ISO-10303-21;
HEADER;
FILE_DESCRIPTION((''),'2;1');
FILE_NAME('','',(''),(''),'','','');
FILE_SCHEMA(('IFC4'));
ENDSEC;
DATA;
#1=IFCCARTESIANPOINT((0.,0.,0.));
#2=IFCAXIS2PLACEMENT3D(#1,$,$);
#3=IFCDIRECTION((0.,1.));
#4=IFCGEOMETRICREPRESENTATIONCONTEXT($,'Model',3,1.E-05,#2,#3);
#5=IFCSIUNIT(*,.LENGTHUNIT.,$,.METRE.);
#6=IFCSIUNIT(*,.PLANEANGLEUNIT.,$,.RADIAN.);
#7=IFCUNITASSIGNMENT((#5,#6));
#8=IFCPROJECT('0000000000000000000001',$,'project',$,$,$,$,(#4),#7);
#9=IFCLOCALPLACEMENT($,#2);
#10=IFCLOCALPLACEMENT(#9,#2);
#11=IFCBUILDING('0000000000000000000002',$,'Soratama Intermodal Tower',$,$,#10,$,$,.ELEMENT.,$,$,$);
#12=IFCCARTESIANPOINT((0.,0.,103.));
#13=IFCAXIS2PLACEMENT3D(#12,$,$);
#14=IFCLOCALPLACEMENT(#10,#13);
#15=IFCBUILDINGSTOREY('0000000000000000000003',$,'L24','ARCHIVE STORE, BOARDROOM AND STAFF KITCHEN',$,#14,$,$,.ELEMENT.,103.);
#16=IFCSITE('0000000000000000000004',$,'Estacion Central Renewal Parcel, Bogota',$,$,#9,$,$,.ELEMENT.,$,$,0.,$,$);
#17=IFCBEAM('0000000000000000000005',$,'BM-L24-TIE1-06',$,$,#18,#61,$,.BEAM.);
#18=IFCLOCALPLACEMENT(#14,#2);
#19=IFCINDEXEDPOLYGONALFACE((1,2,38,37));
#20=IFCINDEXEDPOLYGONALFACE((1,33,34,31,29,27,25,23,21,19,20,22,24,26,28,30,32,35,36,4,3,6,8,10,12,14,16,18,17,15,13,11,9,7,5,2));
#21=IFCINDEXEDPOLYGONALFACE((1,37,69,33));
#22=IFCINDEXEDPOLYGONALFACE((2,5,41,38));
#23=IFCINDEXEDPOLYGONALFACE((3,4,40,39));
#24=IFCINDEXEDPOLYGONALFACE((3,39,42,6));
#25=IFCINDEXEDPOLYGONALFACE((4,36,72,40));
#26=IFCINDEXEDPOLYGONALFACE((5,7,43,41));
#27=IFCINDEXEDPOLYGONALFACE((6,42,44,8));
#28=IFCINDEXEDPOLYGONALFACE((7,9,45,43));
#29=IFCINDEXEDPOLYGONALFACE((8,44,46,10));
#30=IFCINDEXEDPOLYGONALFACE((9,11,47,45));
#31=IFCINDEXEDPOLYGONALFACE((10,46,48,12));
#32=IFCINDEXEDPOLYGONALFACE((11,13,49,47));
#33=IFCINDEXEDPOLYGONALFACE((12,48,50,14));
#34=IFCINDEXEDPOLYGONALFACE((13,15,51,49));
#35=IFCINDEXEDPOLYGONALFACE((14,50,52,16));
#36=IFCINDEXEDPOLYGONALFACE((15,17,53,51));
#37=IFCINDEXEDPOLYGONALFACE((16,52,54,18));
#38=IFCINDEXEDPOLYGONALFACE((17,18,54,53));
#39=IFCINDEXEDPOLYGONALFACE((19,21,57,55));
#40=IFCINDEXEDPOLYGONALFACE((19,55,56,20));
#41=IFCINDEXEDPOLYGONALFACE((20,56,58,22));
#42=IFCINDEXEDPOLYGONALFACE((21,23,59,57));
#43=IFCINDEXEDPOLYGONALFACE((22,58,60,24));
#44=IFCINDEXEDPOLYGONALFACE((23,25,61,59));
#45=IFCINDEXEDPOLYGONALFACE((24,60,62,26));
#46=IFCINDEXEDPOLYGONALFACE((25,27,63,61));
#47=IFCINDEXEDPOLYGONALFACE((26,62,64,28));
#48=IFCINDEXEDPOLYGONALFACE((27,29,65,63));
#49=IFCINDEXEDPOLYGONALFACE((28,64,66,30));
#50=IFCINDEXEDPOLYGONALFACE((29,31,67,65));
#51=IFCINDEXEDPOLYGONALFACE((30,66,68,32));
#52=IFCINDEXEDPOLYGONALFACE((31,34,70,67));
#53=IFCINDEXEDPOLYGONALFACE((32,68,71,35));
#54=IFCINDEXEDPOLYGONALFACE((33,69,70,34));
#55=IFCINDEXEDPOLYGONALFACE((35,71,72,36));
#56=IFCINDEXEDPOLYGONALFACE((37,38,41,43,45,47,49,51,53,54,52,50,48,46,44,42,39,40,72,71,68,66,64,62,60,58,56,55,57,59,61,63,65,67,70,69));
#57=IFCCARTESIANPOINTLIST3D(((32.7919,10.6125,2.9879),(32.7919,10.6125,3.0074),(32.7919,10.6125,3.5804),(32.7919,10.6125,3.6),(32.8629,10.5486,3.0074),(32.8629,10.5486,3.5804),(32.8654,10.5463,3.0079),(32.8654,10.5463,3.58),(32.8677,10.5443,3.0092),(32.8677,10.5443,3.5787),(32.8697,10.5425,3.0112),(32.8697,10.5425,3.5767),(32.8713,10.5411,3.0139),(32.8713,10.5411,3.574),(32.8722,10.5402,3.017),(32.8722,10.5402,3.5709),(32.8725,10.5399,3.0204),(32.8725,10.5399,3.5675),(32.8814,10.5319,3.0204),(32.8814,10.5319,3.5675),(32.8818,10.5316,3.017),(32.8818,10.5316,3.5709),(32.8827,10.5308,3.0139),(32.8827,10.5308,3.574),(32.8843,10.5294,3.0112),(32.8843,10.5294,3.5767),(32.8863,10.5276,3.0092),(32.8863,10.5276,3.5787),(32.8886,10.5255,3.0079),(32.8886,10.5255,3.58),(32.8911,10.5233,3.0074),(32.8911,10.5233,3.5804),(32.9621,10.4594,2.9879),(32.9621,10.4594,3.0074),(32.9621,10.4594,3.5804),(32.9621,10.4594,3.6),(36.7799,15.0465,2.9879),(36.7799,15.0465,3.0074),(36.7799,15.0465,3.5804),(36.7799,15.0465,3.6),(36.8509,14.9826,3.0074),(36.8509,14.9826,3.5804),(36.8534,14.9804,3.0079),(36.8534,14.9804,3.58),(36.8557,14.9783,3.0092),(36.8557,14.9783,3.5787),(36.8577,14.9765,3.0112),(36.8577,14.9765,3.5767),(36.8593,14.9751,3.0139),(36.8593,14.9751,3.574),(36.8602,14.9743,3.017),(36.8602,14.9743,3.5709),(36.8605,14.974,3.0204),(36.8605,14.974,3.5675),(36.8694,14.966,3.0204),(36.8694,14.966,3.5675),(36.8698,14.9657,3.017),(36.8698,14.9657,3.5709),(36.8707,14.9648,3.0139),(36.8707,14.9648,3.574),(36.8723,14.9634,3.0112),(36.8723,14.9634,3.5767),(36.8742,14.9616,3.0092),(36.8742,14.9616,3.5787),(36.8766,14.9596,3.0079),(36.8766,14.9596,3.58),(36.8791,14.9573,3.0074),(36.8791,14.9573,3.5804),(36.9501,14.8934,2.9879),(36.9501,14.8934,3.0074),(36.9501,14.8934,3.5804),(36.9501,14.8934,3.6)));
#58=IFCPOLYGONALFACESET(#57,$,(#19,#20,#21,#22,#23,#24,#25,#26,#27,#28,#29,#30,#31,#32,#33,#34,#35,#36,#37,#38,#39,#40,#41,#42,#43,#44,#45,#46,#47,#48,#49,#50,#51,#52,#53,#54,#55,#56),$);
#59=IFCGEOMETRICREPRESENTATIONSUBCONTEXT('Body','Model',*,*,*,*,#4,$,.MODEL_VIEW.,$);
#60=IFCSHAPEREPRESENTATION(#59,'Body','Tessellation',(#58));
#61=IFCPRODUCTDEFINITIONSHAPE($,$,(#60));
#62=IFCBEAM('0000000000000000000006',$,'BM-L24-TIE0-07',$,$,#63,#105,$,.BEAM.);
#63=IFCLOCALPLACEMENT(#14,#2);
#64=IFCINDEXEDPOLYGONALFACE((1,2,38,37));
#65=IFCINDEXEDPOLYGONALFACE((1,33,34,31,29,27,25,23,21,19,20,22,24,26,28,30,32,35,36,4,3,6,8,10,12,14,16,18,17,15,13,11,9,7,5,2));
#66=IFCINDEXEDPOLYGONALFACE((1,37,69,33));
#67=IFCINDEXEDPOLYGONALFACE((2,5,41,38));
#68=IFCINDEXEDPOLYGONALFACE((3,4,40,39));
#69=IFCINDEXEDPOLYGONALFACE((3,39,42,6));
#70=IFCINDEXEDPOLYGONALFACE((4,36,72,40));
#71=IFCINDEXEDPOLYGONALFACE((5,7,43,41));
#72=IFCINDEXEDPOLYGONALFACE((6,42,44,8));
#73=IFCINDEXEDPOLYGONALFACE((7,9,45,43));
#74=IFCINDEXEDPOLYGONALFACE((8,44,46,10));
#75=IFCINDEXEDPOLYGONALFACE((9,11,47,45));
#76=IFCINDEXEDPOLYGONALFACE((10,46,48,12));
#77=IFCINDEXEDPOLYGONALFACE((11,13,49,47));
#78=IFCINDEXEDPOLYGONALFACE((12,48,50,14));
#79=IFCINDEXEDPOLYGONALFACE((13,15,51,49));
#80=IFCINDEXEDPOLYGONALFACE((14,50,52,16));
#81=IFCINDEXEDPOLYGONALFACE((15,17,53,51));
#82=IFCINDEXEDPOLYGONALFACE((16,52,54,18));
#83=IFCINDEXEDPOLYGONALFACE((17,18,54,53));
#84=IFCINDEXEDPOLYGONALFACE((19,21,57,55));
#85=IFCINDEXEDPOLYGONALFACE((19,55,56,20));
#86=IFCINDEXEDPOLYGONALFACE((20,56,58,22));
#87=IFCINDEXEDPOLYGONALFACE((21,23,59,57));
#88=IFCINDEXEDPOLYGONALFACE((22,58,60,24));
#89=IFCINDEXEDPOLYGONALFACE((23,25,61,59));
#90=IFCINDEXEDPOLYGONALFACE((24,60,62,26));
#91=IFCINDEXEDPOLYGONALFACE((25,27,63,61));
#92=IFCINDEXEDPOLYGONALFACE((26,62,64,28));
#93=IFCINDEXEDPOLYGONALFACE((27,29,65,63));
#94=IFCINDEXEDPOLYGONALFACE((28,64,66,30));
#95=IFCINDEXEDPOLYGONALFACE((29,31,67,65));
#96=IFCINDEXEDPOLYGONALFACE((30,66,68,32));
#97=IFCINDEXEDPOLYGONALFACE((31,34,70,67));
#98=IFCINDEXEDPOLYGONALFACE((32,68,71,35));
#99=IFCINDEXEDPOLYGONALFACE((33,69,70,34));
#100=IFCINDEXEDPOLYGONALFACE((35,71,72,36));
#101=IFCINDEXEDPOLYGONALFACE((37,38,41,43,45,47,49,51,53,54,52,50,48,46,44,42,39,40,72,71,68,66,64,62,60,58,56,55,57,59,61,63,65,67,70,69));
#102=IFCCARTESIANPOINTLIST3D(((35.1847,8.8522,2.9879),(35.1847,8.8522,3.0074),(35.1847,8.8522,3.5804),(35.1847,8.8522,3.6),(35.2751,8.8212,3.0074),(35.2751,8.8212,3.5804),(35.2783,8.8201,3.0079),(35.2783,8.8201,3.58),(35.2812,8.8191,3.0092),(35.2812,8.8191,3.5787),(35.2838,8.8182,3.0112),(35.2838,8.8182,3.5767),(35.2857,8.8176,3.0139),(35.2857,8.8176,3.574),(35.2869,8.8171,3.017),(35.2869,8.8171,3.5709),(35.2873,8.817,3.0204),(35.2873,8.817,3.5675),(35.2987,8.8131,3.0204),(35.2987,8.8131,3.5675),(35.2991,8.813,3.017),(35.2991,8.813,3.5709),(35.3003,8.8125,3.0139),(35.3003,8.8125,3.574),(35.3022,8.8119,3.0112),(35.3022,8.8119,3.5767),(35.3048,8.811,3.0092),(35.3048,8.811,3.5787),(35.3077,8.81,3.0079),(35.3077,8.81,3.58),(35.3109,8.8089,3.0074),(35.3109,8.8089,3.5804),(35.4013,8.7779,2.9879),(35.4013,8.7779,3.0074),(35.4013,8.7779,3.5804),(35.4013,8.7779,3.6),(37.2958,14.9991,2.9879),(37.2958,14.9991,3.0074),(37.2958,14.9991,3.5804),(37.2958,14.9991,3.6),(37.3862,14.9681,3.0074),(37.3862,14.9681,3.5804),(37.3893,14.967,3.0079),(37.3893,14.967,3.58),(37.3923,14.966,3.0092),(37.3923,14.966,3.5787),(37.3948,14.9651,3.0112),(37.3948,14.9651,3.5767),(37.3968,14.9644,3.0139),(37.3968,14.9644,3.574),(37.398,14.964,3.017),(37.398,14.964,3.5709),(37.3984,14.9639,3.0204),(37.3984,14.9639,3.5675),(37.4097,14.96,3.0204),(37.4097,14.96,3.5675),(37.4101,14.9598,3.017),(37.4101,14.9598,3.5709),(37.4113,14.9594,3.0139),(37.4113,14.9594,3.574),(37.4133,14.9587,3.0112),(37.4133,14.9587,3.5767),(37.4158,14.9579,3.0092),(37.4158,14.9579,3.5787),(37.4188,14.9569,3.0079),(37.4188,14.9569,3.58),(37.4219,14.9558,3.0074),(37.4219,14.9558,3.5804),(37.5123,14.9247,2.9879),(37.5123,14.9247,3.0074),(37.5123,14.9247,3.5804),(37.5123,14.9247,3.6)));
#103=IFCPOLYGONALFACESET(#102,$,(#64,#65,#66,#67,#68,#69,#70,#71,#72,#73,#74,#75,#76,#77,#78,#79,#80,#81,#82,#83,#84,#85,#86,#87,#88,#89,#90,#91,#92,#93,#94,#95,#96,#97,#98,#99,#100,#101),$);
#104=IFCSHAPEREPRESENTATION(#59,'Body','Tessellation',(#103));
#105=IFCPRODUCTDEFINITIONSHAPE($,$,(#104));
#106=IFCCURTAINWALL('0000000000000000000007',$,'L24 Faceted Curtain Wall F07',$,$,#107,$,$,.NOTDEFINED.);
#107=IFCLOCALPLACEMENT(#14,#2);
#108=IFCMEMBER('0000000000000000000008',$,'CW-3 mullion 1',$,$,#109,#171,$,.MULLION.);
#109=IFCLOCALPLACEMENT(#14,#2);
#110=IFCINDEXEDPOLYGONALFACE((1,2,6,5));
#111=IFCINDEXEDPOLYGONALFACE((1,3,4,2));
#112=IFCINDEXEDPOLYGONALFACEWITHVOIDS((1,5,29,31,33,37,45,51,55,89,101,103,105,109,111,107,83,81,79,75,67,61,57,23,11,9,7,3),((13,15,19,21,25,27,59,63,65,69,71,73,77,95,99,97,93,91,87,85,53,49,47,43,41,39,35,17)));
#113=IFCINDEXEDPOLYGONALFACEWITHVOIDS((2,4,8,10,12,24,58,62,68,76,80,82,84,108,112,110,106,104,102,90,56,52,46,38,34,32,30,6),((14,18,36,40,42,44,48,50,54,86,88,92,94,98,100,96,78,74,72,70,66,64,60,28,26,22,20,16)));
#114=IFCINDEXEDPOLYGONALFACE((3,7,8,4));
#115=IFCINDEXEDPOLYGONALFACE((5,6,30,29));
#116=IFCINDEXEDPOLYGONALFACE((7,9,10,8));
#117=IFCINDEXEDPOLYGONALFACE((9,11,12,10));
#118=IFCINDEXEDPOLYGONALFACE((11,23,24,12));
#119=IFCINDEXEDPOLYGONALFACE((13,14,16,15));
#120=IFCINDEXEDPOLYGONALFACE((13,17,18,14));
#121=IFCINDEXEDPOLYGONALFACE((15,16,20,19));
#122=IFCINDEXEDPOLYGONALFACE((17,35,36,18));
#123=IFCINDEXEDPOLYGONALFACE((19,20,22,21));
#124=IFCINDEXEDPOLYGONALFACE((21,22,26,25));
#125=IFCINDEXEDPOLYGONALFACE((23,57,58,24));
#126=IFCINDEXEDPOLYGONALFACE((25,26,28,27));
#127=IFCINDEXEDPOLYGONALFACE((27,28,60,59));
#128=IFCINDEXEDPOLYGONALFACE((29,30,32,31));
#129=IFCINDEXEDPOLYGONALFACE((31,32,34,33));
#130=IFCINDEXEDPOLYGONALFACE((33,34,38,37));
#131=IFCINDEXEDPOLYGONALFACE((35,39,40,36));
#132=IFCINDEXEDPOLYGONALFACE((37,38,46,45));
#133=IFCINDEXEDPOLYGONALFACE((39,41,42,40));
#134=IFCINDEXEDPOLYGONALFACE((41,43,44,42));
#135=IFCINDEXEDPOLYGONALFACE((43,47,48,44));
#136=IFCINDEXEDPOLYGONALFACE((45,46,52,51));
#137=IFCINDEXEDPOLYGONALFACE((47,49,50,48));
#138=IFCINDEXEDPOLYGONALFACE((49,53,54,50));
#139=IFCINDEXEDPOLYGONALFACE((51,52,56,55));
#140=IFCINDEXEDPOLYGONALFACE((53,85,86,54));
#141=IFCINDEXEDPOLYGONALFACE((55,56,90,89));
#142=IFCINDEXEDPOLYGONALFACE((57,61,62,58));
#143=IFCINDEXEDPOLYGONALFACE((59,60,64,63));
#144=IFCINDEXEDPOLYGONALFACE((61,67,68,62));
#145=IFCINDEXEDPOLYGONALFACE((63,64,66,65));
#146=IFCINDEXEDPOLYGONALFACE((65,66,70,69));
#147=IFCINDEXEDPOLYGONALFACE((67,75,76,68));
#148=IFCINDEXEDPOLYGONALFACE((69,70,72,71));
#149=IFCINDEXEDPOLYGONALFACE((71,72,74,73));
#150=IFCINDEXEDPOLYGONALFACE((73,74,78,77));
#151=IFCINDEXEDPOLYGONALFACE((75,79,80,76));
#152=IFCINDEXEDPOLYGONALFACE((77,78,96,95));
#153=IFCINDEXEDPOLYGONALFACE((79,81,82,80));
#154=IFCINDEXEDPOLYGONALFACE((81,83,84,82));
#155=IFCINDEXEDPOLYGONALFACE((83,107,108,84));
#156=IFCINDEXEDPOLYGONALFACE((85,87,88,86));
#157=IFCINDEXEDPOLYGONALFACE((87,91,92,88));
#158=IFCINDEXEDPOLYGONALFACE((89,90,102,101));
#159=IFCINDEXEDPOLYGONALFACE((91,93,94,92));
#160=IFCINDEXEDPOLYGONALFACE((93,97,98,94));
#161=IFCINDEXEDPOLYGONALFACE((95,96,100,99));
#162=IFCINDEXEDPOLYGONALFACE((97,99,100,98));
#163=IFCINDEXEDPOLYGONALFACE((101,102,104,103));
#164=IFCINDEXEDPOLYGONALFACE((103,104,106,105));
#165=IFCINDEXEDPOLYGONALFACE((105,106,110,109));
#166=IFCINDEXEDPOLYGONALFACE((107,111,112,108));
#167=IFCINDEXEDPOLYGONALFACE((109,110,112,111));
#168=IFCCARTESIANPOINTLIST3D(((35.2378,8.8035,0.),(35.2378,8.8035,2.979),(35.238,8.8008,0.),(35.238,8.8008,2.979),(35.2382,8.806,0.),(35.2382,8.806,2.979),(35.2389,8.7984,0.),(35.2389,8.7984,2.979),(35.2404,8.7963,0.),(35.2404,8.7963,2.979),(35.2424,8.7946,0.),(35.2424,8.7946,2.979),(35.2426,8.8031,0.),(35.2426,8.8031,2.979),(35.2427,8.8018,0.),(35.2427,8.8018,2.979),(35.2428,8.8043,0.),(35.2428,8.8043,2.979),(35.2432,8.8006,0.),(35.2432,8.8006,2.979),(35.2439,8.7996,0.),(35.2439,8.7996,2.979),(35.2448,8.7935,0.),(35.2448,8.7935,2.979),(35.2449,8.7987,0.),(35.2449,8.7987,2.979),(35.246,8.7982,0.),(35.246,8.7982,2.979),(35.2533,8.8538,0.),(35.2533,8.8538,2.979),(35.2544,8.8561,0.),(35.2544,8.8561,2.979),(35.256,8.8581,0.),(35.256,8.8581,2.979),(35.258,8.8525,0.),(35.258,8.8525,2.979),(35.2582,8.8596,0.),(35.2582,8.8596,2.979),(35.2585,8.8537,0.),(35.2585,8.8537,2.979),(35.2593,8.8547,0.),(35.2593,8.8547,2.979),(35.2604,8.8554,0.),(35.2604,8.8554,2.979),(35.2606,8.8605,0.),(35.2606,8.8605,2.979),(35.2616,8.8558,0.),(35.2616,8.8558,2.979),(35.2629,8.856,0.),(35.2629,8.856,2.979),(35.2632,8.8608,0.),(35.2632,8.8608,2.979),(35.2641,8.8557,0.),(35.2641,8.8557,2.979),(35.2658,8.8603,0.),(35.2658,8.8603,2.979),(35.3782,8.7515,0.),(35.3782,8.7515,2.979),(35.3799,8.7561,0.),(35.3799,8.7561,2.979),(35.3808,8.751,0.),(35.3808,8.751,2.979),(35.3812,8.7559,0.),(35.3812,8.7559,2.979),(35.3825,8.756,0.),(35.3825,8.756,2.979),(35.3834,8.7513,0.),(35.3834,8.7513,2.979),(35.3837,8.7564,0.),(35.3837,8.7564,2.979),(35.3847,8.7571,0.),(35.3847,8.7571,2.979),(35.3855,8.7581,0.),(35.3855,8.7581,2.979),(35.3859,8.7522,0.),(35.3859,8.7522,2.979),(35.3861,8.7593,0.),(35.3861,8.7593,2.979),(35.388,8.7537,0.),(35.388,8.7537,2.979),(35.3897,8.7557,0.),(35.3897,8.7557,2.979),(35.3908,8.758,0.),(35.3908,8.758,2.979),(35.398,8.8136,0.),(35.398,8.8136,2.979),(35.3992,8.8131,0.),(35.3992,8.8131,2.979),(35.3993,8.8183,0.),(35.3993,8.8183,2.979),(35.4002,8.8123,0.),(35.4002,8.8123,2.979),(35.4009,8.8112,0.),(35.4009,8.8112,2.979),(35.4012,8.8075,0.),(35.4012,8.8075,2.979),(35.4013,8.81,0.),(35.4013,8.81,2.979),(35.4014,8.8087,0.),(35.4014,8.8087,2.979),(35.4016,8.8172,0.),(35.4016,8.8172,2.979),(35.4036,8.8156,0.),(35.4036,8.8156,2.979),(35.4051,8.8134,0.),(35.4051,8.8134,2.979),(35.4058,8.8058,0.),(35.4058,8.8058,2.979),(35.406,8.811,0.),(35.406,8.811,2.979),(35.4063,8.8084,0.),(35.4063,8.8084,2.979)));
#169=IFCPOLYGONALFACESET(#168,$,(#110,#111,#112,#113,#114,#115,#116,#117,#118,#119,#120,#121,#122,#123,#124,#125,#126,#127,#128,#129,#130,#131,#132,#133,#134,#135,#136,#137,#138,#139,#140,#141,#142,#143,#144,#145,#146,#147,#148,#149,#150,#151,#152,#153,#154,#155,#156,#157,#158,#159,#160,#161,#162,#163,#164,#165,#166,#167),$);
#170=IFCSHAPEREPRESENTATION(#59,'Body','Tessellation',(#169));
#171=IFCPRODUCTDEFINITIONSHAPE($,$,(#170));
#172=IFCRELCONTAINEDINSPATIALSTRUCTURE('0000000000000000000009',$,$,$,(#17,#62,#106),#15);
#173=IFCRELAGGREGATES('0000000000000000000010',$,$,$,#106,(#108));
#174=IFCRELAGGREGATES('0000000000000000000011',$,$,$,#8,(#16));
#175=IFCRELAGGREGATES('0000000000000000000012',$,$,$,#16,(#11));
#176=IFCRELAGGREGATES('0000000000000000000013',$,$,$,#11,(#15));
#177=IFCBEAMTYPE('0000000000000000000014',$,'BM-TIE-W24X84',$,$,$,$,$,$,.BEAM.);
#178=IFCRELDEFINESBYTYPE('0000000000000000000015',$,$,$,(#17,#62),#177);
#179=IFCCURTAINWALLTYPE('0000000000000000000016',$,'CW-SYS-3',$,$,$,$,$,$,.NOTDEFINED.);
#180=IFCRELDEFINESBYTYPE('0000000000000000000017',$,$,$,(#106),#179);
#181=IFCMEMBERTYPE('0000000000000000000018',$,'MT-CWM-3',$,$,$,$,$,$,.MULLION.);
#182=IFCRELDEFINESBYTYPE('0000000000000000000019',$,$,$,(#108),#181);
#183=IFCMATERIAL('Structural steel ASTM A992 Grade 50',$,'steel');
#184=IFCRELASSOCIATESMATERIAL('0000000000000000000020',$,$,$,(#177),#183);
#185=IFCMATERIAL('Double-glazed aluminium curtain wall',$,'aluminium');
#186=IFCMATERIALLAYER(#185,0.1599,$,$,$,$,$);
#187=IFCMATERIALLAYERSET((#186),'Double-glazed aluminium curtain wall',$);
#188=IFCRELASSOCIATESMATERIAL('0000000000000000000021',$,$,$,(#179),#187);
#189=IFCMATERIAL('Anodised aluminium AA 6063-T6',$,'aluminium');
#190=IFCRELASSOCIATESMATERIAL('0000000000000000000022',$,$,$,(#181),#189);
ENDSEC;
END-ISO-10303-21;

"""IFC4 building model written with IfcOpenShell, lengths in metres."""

from ifc_helpers import new_model, si_unit, direction, frame, origin, origin_2d, place, context, subcontext, project, spatial, hollow_rectangle, i_section, extrude, material, layer, layer_set, material_profile, profile_set, type_object, element, aggregate, save


model = new_model("IFC4")

# Units and contexts
model_context = context("Model", 3, precision=1e-05, world=origin(), true_north=direction((0.0, 1.0)))
body_context = subcontext(model_context, "Body", "Model", "MODEL_VIEW")
ifc_project = project(units=[si_unit("LENGTHUNIT", "METRE"), si_unit("PLANEANGLEUNIT", "RADIAN")], contexts=[model_context])

# Site, building, storey
site_placement = place(None, origin())
site = spatial("IfcSite", under=ifc_project, at=site_placement, Name="Estacion Central Renewal Parcel, Bogota", CompositionType="ELEMENT", RefElevation=0.0)
building_placement = place(site_placement, origin())
building = spatial("IfcBuilding", under=site, at=building_placement, Name="Soratama Intermodal Tower", CompositionType="ELEMENT")
storey_placement = place(building_placement, frame((0.0, 0.0, 103.0)))
storey = spatial("IfcBuildingStorey", under=building, at=storey_placement, Name="L24", Description="ARCHIVE STORE, BOARDROOM AND STAFF KITCHEN", CompositionType="ELEMENT", Elevation=103.0)

# Beams
ifc_material_1 = material(Name="Structural steel ASTM A992 Grade 50", Category="steel")
ifc_material_profile_1 = material_profile(ifc_material_1, i_section(OverallWidth=0.229, OverallDepth=0.6121, WebThickness=0.012, FlangeThickness=0.0195, FilletRadius=0.0129, at=origin_2d()), Name="W24X84")
ifc_profile_set_1 = profile_set([ifc_material_profile_1], Name="Structural steel ASTM A992 Grade 50")
beam_type_1 = type_object("IfcBeamType", Name="BM-TIE-W24X84", PredefinedType="BEAM", material=ifc_profile_set_1)
beam_1_placement = place(storey_placement, frame((36.865, 14.97, 3.2939), z_axis=(-0.66872, -0.743514, 0.0), x_axis=(0.743514, -0.66872, 0.0)))
element("IfcBeam", 1, at=beam_1_placement, inside=storey, type_object=beam_type_1, Name="BM-L24-TIE1-06", PredefinedType="BEAM", context=body_context, shape_type="SweptSolid", body=[
    extrude(i_section(OverallWidth=0.229, OverallDepth=0.6121, WebThickness=0.012, FlangeThickness=0.0195, FilletRadius=0.0129, at=origin_2d()), origin(), (0.0, 0.0, 1.0), 5.9636),
])
beam_2_placement = place(storey_placement, frame((37.4041, 14.9619, 3.2939), z_axis=(-0.324813, -0.945778, 0.0), x_axis=(0.945778, -0.324813, 0.0)))
element("IfcBeam", 2, at=beam_2_placement, inside=storey, type_object=beam_type_1, Name="BM-L24-TIE0-07", PredefinedType="BEAM", context=body_context, shape_type="SweptSolid", body=[
    extrude(i_section(OverallWidth=0.229, OverallDepth=0.6121, WebThickness=0.012, FlangeThickness=0.0195, FilletRadius=0.0129, at=origin_2d()), origin(), (0.0, 0.0, 1.0), 6.4993),
])

# Curtain wall, member
ifc_material_2 = material(Name="Double-glazed aluminium curtain wall", Category="aluminium")
ifc_layer_1 = layer(ifc_material_2, 0.1599)
ifc_layer_set_1 = layer_set([ifc_layer_1], Name="Double-glazed aluminium curtain wall")
curtain_wall_type = type_object("IfcCurtainWallType", Name="CW-SYS-3", PredefinedType="NOTDEFINED", material=ifc_layer_set_1)
curtain_wall_placement = place(storey_placement, origin())
curtain_wall = element("IfcCurtainWall", 3, at=curtain_wall_placement, inside=storey, type_object=curtain_wall_type, Name="L24 Faceted Curtain Wall F07", PredefinedType="NOTDEFINED")
ifc_material_3 = material(Name="Anodised aluminium AA 6063-T6", Category="aluminium")
ifc_material_profile_2 = material_profile(ifc_material_3, hollow_rectangle(XDim=0.0701, YDim=0.1599, WallThickness=0.0049, InnerFilletRadius=0.0049, OuterFilletRadius=0.01, at=origin_2d()), Name="CWM160X70X5")
ifc_profile_set_2 = profile_set([ifc_material_profile_2], Name="Anodised aluminium AA 6063-T6")
member_type_1 = type_object("IfcMemberType", Name="MT-CWM-3", PredefinedType="MULLION", material=ifc_profile_set_2)
member_1_placement = place(storey_placement, frame((35.322, 8.8059, 0.0), z_axis=(0.0, 0.0, 1.0), x_axis=(0.300038, 0.953927, 0.0)))
member_1 = element("IfcMember", 4, at=member_1_placement, type_object=member_type_1, Name="CW-3 mullion 1", PredefinedType="MULLION", context=body_context, shape_type="SweptSolid", body=[
    extrude(hollow_rectangle(XDim=0.0701, YDim=0.1599, WallThickness=0.0049, InnerFilletRadius=0.0049, OuterFilletRadius=0.01, at=origin_2d()), origin(), (0.0, 0.0, 1.0), 2.979),
])
aggregate(curtain_wall, [member_1])

save(model, "model.ifc")
